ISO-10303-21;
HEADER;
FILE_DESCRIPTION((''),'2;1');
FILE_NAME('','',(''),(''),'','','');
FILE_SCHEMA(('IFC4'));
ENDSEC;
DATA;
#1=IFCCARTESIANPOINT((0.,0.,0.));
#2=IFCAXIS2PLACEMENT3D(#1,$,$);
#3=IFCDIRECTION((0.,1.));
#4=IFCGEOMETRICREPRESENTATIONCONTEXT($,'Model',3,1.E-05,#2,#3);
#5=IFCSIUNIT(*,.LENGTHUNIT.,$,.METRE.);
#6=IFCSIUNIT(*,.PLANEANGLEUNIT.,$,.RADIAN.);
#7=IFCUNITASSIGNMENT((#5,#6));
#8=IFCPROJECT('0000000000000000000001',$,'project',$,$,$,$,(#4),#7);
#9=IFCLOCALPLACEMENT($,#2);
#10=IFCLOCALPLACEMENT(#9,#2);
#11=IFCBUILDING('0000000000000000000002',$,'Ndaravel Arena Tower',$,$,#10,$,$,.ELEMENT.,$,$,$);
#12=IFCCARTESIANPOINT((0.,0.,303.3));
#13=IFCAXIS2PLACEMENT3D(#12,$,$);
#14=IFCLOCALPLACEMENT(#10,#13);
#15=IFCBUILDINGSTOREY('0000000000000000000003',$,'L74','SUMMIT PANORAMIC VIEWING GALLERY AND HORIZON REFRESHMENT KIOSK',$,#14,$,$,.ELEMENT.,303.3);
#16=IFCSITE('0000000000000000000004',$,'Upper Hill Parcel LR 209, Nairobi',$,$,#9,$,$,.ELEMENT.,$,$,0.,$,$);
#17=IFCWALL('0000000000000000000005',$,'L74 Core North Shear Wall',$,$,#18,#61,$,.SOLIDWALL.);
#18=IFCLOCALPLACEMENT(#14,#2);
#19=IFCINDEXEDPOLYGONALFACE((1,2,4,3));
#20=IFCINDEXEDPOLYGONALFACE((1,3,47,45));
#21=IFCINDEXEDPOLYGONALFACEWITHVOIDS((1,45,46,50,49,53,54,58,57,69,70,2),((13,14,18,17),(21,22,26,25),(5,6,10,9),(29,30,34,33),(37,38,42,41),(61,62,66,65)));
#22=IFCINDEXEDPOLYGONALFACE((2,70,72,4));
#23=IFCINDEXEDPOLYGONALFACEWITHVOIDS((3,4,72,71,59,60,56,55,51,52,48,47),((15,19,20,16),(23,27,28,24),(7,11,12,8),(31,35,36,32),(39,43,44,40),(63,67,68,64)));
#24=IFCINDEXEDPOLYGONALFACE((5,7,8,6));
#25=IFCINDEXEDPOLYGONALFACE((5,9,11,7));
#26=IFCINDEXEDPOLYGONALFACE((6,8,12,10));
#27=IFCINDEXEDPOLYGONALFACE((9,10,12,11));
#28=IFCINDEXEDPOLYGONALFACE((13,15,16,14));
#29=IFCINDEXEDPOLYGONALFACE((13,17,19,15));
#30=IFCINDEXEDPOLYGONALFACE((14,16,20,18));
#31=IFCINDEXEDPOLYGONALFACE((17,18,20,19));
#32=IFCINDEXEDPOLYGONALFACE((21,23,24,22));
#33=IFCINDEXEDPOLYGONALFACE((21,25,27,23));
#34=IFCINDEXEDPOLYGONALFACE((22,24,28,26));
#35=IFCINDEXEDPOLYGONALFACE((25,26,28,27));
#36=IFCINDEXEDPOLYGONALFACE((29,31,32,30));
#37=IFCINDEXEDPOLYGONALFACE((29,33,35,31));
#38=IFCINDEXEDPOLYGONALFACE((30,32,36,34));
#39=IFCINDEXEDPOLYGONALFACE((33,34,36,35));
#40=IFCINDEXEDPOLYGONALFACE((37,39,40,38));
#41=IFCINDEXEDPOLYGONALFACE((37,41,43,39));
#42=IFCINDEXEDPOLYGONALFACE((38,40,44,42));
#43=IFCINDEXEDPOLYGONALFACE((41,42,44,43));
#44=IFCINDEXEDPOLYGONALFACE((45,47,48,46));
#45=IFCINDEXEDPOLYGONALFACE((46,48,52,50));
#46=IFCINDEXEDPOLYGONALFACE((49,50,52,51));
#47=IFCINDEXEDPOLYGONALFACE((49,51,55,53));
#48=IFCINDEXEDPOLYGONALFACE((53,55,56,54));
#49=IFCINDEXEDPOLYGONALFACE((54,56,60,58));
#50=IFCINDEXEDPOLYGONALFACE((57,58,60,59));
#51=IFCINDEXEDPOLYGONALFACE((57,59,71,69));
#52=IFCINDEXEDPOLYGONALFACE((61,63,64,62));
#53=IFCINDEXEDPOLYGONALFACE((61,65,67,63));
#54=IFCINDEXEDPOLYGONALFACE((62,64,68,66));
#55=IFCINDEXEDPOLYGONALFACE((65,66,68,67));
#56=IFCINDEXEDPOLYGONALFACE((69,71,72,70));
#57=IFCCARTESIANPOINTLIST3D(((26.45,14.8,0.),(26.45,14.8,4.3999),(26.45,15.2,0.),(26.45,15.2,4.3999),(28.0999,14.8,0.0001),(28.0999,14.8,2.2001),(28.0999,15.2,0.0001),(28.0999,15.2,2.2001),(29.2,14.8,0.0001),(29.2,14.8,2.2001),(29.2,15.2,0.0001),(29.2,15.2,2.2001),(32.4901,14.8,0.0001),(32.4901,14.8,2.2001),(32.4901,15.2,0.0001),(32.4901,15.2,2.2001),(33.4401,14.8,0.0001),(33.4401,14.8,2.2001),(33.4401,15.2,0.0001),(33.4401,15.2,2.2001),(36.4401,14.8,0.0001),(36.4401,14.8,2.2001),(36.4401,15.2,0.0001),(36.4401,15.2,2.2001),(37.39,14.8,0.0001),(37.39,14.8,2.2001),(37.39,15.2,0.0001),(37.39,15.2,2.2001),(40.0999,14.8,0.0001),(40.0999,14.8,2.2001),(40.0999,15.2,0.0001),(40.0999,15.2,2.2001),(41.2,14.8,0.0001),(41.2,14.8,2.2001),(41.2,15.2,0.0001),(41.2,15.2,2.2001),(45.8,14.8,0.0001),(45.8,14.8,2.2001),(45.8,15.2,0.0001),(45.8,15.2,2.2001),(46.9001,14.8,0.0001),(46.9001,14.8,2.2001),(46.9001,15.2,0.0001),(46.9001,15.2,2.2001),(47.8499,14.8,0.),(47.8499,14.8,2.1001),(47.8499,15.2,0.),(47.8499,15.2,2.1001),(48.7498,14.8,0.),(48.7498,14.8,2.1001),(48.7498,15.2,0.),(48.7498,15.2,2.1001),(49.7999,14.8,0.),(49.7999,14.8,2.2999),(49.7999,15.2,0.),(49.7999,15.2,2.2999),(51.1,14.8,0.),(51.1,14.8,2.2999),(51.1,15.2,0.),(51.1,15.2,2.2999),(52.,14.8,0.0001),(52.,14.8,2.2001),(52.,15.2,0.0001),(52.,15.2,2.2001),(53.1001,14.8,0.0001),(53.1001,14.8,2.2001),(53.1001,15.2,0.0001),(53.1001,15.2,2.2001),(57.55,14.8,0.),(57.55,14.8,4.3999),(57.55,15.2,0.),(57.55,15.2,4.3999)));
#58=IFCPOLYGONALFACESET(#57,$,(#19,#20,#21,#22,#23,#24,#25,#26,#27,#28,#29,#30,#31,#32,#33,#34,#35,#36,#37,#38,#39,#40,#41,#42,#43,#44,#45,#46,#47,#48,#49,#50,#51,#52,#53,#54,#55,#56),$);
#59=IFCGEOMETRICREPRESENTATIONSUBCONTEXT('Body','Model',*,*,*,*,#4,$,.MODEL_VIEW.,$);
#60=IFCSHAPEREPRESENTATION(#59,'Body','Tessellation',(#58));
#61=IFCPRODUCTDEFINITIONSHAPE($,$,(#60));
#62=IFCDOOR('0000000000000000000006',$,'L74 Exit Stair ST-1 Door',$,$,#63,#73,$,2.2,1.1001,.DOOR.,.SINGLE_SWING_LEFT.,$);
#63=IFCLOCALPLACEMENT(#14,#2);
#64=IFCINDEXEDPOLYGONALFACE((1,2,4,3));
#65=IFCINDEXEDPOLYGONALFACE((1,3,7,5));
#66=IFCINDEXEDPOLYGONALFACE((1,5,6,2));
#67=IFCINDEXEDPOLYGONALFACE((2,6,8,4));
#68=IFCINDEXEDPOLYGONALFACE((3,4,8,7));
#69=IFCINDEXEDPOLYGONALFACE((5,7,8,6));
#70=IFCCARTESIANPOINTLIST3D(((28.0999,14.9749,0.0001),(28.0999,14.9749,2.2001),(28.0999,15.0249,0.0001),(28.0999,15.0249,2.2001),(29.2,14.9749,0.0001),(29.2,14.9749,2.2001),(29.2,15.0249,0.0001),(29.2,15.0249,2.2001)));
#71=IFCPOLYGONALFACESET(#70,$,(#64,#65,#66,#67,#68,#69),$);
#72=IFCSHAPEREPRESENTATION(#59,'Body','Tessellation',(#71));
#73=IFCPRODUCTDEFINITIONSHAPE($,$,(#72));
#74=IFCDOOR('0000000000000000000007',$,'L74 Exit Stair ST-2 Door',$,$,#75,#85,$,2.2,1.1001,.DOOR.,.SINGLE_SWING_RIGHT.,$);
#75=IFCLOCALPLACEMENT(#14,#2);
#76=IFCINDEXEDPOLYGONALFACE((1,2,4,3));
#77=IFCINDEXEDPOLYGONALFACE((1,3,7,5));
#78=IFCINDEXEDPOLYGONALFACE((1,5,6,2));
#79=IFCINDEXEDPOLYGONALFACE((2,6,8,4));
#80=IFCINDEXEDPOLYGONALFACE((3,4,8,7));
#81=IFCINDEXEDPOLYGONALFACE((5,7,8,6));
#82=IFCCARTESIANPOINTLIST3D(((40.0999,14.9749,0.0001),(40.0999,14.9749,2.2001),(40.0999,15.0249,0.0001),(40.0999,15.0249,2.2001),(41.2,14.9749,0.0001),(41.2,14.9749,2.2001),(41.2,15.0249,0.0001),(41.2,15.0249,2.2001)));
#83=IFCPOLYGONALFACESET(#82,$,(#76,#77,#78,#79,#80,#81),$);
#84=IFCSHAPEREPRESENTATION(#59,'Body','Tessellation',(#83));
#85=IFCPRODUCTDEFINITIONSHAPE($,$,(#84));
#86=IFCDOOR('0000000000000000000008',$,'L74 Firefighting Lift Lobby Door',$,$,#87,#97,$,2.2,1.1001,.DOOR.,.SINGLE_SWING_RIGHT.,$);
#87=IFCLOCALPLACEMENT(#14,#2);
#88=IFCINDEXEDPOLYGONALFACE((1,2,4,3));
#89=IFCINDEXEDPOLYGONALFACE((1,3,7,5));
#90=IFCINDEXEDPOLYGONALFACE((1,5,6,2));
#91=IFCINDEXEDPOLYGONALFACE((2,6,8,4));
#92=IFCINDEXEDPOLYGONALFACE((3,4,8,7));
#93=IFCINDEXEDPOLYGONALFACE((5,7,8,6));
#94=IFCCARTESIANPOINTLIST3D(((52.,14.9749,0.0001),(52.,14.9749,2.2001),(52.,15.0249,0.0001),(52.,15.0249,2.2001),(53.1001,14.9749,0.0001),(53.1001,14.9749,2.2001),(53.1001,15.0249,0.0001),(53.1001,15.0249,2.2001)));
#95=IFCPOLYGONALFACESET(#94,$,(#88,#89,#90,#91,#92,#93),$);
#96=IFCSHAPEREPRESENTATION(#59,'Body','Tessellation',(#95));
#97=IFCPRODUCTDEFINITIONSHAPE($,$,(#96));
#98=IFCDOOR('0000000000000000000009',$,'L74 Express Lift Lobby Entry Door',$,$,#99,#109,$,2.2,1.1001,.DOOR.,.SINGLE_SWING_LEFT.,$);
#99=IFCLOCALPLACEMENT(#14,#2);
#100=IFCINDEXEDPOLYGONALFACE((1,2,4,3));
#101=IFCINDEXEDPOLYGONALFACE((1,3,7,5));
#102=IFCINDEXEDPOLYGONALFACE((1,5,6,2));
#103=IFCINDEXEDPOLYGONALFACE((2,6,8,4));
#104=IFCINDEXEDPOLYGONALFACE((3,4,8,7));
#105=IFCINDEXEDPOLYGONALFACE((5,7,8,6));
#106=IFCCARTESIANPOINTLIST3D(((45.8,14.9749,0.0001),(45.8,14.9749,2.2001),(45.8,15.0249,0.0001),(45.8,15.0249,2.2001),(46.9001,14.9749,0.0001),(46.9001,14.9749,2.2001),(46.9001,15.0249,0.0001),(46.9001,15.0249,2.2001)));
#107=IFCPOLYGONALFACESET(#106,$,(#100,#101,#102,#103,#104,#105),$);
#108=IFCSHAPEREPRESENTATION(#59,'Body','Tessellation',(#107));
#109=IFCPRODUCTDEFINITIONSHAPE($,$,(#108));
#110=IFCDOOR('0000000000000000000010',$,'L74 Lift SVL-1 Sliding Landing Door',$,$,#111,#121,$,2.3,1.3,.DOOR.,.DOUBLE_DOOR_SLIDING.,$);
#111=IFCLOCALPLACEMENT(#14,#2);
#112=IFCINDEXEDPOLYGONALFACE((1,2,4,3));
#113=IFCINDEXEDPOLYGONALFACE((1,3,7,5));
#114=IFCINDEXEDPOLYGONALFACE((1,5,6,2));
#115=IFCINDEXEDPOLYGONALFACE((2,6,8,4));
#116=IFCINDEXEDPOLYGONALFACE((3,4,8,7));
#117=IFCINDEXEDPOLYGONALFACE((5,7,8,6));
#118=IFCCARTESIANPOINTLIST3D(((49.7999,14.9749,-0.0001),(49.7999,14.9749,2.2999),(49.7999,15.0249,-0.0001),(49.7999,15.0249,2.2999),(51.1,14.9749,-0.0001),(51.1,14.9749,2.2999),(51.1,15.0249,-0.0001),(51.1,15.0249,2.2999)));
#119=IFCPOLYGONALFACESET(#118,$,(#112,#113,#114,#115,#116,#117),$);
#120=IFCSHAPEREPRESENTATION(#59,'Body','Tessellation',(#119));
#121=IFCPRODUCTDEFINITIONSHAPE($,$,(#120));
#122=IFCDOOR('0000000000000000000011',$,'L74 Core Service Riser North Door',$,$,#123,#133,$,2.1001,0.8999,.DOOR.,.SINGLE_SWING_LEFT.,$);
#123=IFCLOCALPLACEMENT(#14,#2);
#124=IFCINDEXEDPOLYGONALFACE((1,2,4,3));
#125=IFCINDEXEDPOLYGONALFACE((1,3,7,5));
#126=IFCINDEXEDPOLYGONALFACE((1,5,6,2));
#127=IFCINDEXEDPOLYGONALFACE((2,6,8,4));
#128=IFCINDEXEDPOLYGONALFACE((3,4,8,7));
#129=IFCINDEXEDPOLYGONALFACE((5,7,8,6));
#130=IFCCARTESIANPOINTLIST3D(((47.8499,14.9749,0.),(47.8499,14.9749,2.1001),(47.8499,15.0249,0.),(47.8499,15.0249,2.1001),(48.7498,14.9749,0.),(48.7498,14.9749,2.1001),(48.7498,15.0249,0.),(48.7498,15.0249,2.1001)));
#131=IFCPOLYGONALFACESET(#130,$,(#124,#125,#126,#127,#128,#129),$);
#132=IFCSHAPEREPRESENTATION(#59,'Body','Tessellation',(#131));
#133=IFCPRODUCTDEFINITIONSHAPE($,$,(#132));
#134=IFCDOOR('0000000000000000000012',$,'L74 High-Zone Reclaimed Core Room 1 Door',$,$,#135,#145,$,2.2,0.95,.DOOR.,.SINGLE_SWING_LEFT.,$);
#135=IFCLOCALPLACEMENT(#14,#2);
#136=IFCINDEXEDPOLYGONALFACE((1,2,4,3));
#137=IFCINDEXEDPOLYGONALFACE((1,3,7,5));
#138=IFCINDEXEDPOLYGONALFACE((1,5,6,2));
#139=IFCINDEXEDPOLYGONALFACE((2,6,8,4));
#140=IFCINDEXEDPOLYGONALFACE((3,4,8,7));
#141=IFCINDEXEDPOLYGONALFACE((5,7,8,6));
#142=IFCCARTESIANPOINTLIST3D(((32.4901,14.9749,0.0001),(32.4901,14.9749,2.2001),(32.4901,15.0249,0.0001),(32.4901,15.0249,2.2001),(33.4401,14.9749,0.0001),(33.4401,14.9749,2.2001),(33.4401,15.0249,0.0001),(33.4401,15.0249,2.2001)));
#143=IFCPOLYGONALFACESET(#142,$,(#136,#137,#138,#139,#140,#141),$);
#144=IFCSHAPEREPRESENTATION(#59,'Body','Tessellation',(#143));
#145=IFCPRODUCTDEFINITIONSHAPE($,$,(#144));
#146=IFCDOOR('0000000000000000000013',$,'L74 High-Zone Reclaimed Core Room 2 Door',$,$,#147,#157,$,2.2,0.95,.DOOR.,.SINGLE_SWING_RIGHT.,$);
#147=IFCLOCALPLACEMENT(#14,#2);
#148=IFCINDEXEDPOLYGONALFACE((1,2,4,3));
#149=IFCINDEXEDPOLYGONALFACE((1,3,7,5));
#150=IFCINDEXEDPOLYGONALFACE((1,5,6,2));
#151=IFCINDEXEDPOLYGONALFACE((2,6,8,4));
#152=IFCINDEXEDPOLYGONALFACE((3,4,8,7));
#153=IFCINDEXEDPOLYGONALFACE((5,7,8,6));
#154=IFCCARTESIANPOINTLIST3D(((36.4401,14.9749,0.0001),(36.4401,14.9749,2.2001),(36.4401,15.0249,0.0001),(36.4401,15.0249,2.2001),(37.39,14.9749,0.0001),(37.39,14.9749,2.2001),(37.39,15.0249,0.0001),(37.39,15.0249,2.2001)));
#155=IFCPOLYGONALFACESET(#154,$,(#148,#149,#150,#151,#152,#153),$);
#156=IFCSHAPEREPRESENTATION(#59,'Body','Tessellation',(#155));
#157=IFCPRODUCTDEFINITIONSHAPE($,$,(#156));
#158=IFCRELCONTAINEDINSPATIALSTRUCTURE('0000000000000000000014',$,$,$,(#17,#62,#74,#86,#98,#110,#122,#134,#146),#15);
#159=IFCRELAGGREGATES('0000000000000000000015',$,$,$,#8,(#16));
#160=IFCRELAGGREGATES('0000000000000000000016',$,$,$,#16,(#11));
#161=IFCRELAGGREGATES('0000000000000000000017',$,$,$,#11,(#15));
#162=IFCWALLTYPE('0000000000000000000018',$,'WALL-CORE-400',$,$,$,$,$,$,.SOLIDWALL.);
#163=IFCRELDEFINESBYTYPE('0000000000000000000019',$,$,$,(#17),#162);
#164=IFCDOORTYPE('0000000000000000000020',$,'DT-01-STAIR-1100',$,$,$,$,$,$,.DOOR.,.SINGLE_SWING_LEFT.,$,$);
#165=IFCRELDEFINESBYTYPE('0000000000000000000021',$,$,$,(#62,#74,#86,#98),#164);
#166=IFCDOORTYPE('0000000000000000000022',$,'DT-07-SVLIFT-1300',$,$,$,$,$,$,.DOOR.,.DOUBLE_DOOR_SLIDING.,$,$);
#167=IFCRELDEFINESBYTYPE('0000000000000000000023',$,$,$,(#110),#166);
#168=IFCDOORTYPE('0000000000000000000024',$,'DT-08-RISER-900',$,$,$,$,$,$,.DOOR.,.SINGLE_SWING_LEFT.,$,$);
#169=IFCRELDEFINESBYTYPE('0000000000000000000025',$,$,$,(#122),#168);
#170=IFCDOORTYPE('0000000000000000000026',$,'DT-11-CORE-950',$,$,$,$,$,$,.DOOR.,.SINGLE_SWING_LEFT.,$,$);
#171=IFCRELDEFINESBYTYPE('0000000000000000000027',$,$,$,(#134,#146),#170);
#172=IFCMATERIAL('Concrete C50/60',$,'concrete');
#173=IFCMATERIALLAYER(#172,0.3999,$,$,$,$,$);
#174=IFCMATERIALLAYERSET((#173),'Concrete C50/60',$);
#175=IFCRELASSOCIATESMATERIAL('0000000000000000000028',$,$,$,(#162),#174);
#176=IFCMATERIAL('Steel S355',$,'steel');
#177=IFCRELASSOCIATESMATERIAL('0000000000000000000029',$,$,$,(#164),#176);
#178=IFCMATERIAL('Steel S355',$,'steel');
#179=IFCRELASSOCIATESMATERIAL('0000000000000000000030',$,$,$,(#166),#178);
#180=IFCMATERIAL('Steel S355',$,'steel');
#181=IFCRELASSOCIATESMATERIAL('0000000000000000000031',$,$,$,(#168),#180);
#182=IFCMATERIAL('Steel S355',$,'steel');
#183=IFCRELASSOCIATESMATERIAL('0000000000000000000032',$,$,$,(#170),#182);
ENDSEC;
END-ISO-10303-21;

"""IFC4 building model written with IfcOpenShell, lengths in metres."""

from ifc_helpers import new_model, si_unit, direction, frame, frame_2d, origin, place, context, subcontext, project, spatial, rectangle, extrude, material, layer, layer_set, type_object, element, fill, save


model = new_model("IFC4")

# Units and contexts
model_context = context("Model", 3, precision=1e-05, world=origin(), true_north=direction((0.0, 1.0)))
body_context = subcontext(model_context, "Body", "Model", "MODEL_VIEW")
ifc_project = project(units=[si_unit("LENGTHUNIT", "METRE"), si_unit("PLANEANGLEUNIT", "RADIAN")], contexts=[model_context])

# Site, building, storey
site_placement = place(None, origin())
site = spatial("IfcSite", under=ifc_project, at=site_placement, Name="Upper Hill Parcel LR 209, Nairobi", CompositionType="ELEMENT", RefElevation=0.0)
building_placement = place(site_placement, origin())
building = spatial("IfcBuilding", under=site, at=building_placement, Name="Ndaravel Arena Tower", CompositionType="ELEMENT")
storey_placement = place(building_placement, frame((0.0, 0.0, 303.3)))
storey = spatial("IfcBuildingStorey", under=building, at=storey_placement, Name="L74", Description="SUMMIT PANORAMIC VIEWING GALLERY AND HORIZON REFRESHMENT KIOSK", CompositionType="ELEMENT", Elevation=303.3)

# Wall, openings, doors
ifc_material_1 = material(Name="Concrete C50/60", Category="concrete")
ifc_layer_1 = layer(ifc_material_1, 0.3999)
ifc_layer_set_1 = layer_set([ifc_layer_1], Name="Concrete C50/60")
wall_type_1 = type_object("IfcWallType", Name="WALL-CORE-400", PredefinedType="SOLIDWALL", material=ifc_layer_set_1)
wall_1_placement = place(storey_placement, frame((26.45, 15.0, 0.0), z_axis=(0.0, 0.0, 1.0), x_axis=(1.0, 0.0, 0.0)))
wall_1 = element("IfcWall", 1, at=wall_1_placement, inside=storey, type_object=wall_type_1, Name="L74 Core North Shear Wall", PredefinedType="SOLIDWALL", context=body_context, shape_type="SweptSolid", body=[
    extrude(rectangle(XDim=31.1001, YDim=0.3999, at=frame_2d((15.55, 0.0))), origin(), (0.0, 0.0, 1.0), 4.3999),
])
opening_1_placement = place(wall_1_placement, frame((1.6499, 0.0, 0.0)))
opening_1 = element("IfcOpeningElement", 2, at=opening_1_placement, cuts=wall_1, PredefinedType="OPENING", context=body_context, shape_type="SweptSolid", body=[
    extrude(rectangle(XDim=1.1001, YDim=2.2, at=frame_2d((0.55, 1.1001))), frame((0.0, 0.2, 0.0), z_axis=(0.0, -1.0, 0.0), x_axis=(1.0, 0.0, 0.0)), (0.0, 0.0, 1.0), 0.3999),
])
opening_2_placement = place(wall_1_placement, frame((13.6499, 0.0, 0.0)))
opening_2 = element("IfcOpeningElement", 3, at=opening_2_placement, cuts=wall_1, PredefinedType="OPENING", context=body_context, shape_type="SweptSolid", body=[
    extrude(rectangle(XDim=1.1001, YDim=2.2, at=frame_2d((0.55, 1.1001))), frame((0.0, 0.2, 0.0), z_axis=(0.0, -1.0, 0.0), x_axis=(1.0, 0.0, 0.0)), (0.0, 0.0, 1.0), 0.3999),
])
opening_3_placement = place(wall_1_placement, frame((25.55, 0.0, 0.0)))
opening_3 = element("IfcOpeningElement", 4, at=opening_3_placement, cuts=wall_1, PredefinedType="OPENING", context=body_context, shape_type="SweptSolid", body=[
    extrude(rectangle(XDim=1.1001, YDim=2.2, at=frame_2d((0.55, 1.1001))), frame((0.0, 0.2, 0.0), z_axis=(0.0, -1.0, 0.0), x_axis=(1.0, 0.0, 0.0)), (0.0, 0.0, 1.0), 0.3999),
])
opening_4_placement = place(wall_1_placement, frame((19.3501, 0.0, 0.0)))
opening_4 = element("IfcOpeningElement", 5, at=opening_4_placement, cuts=wall_1, PredefinedType="OPENING", context=body_context, shape_type="SweptSolid", body=[
    extrude(rectangle(XDim=1.1001, YDim=2.2, at=frame_2d((0.55, 1.1001))), frame((0.0, 0.2, 0.0), z_axis=(0.0, -1.0, 0.0), x_axis=(1.0, 0.0, 0.0)), (0.0, 0.0, 1.0), 0.3999),
])
opening_5_placement = place(wall_1_placement, frame((21.3999, 0.0, 0.0)))
opening_5 = element("IfcOpeningElement", 6, at=opening_5_placement, cuts=wall_1, PredefinedType="OPENING", context=body_context, shape_type="SweptSolid", body=[
    extrude(rectangle(XDim=0.8999, YDim=2.1001, at=frame_2d((0.45, 1.05))), frame((0.0, 0.2, 0.0), z_axis=(0.0, -1.0, 0.0), x_axis=(1.0, 0.0, 0.0)), (0.0, 0.0, 1.0), 0.3999),
])
opening_6_placement = place(wall_1_placement, frame((6.04, 0.0, 0.0)))
opening_6 = element("IfcOpeningElement", 7, at=opening_6_placement, cuts=wall_1, PredefinedType="OPENING", context=body_context, shape_type="SweptSolid", body=[
    extrude(rectangle(XDim=0.95, YDim=2.2, at=frame_2d((0.4751, 1.1001))), frame((0.0, 0.2, 0.0), z_axis=(0.0, -1.0, 0.0), x_axis=(1.0, 0.0, 0.0)), (0.0, 0.0, 1.0), 0.3999),
])
opening_7_placement = place(wall_1_placement, frame((9.99, 0.0, 0.0)))
opening_7 = element("IfcOpeningElement", 8, at=opening_7_placement, cuts=wall_1, PredefinedType="OPENING", context=body_context, shape_type="SweptSolid", body=[
    extrude(rectangle(XDim=0.95, YDim=2.2, at=frame_2d((0.4751, 1.1001))), frame((0.0, 0.2, 0.0), z_axis=(0.0, -1.0, 0.0), x_axis=(1.0, 0.0, 0.0)), (0.0, 0.0, 1.0), 0.3999),
])
opening_8_placement = place(wall_1_placement, frame((23.3501, 0.0, 0.0)))
opening_8 = element("IfcOpeningElement", 9, at=opening_8_placement, cuts=wall_1, PredefinedType="OPENING", context=body_context, shape_type="SweptSolid", body=[
    extrude(rectangle(XDim=1.3, YDim=2.3, at=frame_2d((0.6499, 1.1499))), frame((0.0, 0.2, 0.0), z_axis=(0.0, -1.0, 0.0), x_axis=(1.0, 0.0, 0.0)), (0.0, 0.0, 1.0), 0.3999),
])
ifc_material_2 = material(Name="Steel S355", Category="steel")
door_type_1 = type_object("IfcDoorType", Name="DT-01-STAIR-1100", OperationType="SINGLE_SWING_LEFT", PredefinedType="DOOR", material=ifc_material_2)
door_1_placement = place(opening_1_placement, origin())
door_1 = element("IfcDoor", 10, at=door_1_placement, inside=storey, type_object=door_type_1, Name="L74 Exit Stair ST-1 Door", OperationType="SINGLE_SWING_LEFT", OverallHeight=2.2, OverallWidth=1.1001, PredefinedType="DOOR", context=body_context, shape_type="SweptSolid", body=[
    extrude(rectangle(XDim=1.1001, YDim=2.2, at=frame_2d((0.55, 1.1001))), frame((0.0, 0.0249, 0.0), z_axis=(0.0, -1.0, 0.0), x_axis=(1.0, 0.0, 0.0)), (0.0, 0.0, 1.0), 0.05),
])
fill(opening_1, door_1)
door_2_placement = place(opening_2_placement, origin())
door_2 = element("IfcDoor", 11, at=door_2_placement, inside=storey, type_object=door_type_1, Name="L74 Exit Stair ST-2 Door", OperationType="SINGLE_SWING_RIGHT", OverallHeight=2.2, OverallWidth=1.1001, PredefinedType="DOOR", context=body_context, shape_type="SweptSolid", body=[
    extrude(rectangle(XDim=1.1001, YDim=2.2, at=frame_2d((0.55, 1.1001))), frame((0.0, 0.0249, 0.0), z_axis=(0.0, -1.0, 0.0), x_axis=(1.0, 0.0, 0.0)), (0.0, 0.0, 1.0), 0.05),
])
fill(opening_2, door_2)
door_3_placement = place(opening_3_placement, origin())
door_3 = element("IfcDoor", 12, at=door_3_placement, inside=storey, type_object=door_type_1, Name="L74 Firefighting Lift Lobby Door", OperationType="SINGLE_SWING_RIGHT", OverallHeight=2.2, OverallWidth=1.1001, PredefinedType="DOOR", context=body_context, shape_type="SweptSolid", body=[
    extrude(rectangle(XDim=1.1001, YDim=2.2, at=frame_2d((0.55, 1.1001))), frame((0.0, 0.0249, 0.0), z_axis=(0.0, -1.0, 0.0), x_axis=(1.0, 0.0, 0.0)), (0.0, 0.0, 1.0), 0.05),
])
fill(opening_3, door_3)
door_4_placement = place(opening_4_placement, origin())
door_4 = element("IfcDoor", 13, at=door_4_placement, inside=storey, type_object=door_type_1, Name="L74 Express Lift Lobby Entry Door", OperationType="SINGLE_SWING_LEFT", OverallHeight=2.2, OverallWidth=1.1001, PredefinedType="DOOR", context=body_context, shape_type="SweptSolid", body=[
    extrude(rectangle(XDim=1.1001, YDim=2.2, at=frame_2d((0.55, 1.1001))), frame((0.0, 0.0249, 0.0), z_axis=(0.0, -1.0, 0.0), x_axis=(1.0, 0.0, 0.0)), (0.0, 0.0, 1.0), 0.05),
])
fill(opening_4, door_4)
ifc_material_3 = material(Name="Steel S355", Category="steel")
door_type_2 = type_object("IfcDoorType", Name="DT-07-SVLIFT-1300", OperationType="DOUBLE_DOOR_SLIDING", PredefinedType="DOOR", material=ifc_material_3)
door_5_placement = place(opening_8_placement, origin())
door_5 = element("IfcDoor", 14, at=door_5_placement, inside=storey, type_object=door_type_2, Name="L74 Lift SVL-1 Sliding Landing Door", OperationType="DOUBLE_DOOR_SLIDING", OverallHeight=2.3, OverallWidth=1.3, PredefinedType="DOOR", context=body_context, shape_type="SweptSolid", body=[
    extrude(rectangle(XDim=1.3, YDim=2.3, at=frame_2d((0.6499, 1.1499))), frame((0.0, 0.0249, 0.0), z_axis=(0.0, -1.0, 0.0), x_axis=(1.0, 0.0, 0.0)), (0.0, 0.0, 1.0), 0.05),
])
fill(opening_8, door_5)
ifc_material_4 = material(Name="Steel S355", Category="steel")
door_type_3 = type_object("IfcDoorType", Name="DT-08-RISER-900", OperationType="SINGLE_SWING_LEFT", PredefinedType="DOOR", material=ifc_material_4)
door_6_placement = place(opening_5_placement, origin())
door_6 = element("IfcDoor", 15, at=door_6_placement, inside=storey, type_object=door_type_3, Name="L74 Core Service Riser North Door", OperationType="SINGLE_SWING_LEFT", OverallHeight=2.1001, OverallWidth=0.8999, PredefinedType="DOOR", context=body_context, shape_type="SweptSolid", body=[
    extrude(rectangle(XDim=0.8999, YDim=2.1001, at=frame_2d((0.45, 1.05))), frame((0.0, 0.0249, 0.0), z_axis=(0.0, -1.0, 0.0), x_axis=(1.0, 0.0, 0.0)), (0.0, 0.0, 1.0), 0.05),
])
fill(opening_5, door_6)
ifc_material_5 = material(Name="Steel S355", Category="steel")
door_type_4 = type_object("IfcDoorType", Name="DT-11-CORE-950", OperationType="SINGLE_SWING_LEFT", PredefinedType="DOOR", material=ifc_material_5)
door_7_placement = place(opening_6_placement, origin())
door_7 = element("IfcDoor", 16, at=door_7_placement, inside=storey, type_object=door_type_4, Name="L74 High-Zone Reclaimed Core Room 1 Door", OperationType="SINGLE_SWING_LEFT", OverallHeight=2.2, OverallWidth=0.95, PredefinedType="DOOR", context=body_context, shape_type="SweptSolid", body=[
    extrude(rectangle(XDim=0.95, YDim=2.2, at=frame_2d((0.4751, 1.1001))), frame((0.0, 0.0249, 0.0), z_axis=(0.0, -1.0, 0.0), x_axis=(1.0, 0.0, 0.0)), (0.0, 0.0, 1.0), 0.05),
])
fill(opening_6, door_7)
door_8_placement = place(opening_7_placement, origin())
door_8 = element("IfcDoor", 17, at=door_8_placement, inside=storey, type_object=door_type_4, Name="L74 High-Zone Reclaimed Core Room 2 Door", OperationType="SINGLE_SWING_RIGHT", OverallHeight=2.2, OverallWidth=0.95, PredefinedType="DOOR", context=body_context, shape_type="SweptSolid", body=[
    extrude(rectangle(XDim=0.95, YDim=2.2, at=frame_2d((0.4751, 1.1001))), frame((0.0, 0.0249, 0.0), z_axis=(0.0, -1.0, 0.0), x_axis=(1.0, 0.0, 0.0)), (0.0, 0.0, 1.0), 0.05),
])
fill(opening_7, door_8)

save(model, "model.ifc")
